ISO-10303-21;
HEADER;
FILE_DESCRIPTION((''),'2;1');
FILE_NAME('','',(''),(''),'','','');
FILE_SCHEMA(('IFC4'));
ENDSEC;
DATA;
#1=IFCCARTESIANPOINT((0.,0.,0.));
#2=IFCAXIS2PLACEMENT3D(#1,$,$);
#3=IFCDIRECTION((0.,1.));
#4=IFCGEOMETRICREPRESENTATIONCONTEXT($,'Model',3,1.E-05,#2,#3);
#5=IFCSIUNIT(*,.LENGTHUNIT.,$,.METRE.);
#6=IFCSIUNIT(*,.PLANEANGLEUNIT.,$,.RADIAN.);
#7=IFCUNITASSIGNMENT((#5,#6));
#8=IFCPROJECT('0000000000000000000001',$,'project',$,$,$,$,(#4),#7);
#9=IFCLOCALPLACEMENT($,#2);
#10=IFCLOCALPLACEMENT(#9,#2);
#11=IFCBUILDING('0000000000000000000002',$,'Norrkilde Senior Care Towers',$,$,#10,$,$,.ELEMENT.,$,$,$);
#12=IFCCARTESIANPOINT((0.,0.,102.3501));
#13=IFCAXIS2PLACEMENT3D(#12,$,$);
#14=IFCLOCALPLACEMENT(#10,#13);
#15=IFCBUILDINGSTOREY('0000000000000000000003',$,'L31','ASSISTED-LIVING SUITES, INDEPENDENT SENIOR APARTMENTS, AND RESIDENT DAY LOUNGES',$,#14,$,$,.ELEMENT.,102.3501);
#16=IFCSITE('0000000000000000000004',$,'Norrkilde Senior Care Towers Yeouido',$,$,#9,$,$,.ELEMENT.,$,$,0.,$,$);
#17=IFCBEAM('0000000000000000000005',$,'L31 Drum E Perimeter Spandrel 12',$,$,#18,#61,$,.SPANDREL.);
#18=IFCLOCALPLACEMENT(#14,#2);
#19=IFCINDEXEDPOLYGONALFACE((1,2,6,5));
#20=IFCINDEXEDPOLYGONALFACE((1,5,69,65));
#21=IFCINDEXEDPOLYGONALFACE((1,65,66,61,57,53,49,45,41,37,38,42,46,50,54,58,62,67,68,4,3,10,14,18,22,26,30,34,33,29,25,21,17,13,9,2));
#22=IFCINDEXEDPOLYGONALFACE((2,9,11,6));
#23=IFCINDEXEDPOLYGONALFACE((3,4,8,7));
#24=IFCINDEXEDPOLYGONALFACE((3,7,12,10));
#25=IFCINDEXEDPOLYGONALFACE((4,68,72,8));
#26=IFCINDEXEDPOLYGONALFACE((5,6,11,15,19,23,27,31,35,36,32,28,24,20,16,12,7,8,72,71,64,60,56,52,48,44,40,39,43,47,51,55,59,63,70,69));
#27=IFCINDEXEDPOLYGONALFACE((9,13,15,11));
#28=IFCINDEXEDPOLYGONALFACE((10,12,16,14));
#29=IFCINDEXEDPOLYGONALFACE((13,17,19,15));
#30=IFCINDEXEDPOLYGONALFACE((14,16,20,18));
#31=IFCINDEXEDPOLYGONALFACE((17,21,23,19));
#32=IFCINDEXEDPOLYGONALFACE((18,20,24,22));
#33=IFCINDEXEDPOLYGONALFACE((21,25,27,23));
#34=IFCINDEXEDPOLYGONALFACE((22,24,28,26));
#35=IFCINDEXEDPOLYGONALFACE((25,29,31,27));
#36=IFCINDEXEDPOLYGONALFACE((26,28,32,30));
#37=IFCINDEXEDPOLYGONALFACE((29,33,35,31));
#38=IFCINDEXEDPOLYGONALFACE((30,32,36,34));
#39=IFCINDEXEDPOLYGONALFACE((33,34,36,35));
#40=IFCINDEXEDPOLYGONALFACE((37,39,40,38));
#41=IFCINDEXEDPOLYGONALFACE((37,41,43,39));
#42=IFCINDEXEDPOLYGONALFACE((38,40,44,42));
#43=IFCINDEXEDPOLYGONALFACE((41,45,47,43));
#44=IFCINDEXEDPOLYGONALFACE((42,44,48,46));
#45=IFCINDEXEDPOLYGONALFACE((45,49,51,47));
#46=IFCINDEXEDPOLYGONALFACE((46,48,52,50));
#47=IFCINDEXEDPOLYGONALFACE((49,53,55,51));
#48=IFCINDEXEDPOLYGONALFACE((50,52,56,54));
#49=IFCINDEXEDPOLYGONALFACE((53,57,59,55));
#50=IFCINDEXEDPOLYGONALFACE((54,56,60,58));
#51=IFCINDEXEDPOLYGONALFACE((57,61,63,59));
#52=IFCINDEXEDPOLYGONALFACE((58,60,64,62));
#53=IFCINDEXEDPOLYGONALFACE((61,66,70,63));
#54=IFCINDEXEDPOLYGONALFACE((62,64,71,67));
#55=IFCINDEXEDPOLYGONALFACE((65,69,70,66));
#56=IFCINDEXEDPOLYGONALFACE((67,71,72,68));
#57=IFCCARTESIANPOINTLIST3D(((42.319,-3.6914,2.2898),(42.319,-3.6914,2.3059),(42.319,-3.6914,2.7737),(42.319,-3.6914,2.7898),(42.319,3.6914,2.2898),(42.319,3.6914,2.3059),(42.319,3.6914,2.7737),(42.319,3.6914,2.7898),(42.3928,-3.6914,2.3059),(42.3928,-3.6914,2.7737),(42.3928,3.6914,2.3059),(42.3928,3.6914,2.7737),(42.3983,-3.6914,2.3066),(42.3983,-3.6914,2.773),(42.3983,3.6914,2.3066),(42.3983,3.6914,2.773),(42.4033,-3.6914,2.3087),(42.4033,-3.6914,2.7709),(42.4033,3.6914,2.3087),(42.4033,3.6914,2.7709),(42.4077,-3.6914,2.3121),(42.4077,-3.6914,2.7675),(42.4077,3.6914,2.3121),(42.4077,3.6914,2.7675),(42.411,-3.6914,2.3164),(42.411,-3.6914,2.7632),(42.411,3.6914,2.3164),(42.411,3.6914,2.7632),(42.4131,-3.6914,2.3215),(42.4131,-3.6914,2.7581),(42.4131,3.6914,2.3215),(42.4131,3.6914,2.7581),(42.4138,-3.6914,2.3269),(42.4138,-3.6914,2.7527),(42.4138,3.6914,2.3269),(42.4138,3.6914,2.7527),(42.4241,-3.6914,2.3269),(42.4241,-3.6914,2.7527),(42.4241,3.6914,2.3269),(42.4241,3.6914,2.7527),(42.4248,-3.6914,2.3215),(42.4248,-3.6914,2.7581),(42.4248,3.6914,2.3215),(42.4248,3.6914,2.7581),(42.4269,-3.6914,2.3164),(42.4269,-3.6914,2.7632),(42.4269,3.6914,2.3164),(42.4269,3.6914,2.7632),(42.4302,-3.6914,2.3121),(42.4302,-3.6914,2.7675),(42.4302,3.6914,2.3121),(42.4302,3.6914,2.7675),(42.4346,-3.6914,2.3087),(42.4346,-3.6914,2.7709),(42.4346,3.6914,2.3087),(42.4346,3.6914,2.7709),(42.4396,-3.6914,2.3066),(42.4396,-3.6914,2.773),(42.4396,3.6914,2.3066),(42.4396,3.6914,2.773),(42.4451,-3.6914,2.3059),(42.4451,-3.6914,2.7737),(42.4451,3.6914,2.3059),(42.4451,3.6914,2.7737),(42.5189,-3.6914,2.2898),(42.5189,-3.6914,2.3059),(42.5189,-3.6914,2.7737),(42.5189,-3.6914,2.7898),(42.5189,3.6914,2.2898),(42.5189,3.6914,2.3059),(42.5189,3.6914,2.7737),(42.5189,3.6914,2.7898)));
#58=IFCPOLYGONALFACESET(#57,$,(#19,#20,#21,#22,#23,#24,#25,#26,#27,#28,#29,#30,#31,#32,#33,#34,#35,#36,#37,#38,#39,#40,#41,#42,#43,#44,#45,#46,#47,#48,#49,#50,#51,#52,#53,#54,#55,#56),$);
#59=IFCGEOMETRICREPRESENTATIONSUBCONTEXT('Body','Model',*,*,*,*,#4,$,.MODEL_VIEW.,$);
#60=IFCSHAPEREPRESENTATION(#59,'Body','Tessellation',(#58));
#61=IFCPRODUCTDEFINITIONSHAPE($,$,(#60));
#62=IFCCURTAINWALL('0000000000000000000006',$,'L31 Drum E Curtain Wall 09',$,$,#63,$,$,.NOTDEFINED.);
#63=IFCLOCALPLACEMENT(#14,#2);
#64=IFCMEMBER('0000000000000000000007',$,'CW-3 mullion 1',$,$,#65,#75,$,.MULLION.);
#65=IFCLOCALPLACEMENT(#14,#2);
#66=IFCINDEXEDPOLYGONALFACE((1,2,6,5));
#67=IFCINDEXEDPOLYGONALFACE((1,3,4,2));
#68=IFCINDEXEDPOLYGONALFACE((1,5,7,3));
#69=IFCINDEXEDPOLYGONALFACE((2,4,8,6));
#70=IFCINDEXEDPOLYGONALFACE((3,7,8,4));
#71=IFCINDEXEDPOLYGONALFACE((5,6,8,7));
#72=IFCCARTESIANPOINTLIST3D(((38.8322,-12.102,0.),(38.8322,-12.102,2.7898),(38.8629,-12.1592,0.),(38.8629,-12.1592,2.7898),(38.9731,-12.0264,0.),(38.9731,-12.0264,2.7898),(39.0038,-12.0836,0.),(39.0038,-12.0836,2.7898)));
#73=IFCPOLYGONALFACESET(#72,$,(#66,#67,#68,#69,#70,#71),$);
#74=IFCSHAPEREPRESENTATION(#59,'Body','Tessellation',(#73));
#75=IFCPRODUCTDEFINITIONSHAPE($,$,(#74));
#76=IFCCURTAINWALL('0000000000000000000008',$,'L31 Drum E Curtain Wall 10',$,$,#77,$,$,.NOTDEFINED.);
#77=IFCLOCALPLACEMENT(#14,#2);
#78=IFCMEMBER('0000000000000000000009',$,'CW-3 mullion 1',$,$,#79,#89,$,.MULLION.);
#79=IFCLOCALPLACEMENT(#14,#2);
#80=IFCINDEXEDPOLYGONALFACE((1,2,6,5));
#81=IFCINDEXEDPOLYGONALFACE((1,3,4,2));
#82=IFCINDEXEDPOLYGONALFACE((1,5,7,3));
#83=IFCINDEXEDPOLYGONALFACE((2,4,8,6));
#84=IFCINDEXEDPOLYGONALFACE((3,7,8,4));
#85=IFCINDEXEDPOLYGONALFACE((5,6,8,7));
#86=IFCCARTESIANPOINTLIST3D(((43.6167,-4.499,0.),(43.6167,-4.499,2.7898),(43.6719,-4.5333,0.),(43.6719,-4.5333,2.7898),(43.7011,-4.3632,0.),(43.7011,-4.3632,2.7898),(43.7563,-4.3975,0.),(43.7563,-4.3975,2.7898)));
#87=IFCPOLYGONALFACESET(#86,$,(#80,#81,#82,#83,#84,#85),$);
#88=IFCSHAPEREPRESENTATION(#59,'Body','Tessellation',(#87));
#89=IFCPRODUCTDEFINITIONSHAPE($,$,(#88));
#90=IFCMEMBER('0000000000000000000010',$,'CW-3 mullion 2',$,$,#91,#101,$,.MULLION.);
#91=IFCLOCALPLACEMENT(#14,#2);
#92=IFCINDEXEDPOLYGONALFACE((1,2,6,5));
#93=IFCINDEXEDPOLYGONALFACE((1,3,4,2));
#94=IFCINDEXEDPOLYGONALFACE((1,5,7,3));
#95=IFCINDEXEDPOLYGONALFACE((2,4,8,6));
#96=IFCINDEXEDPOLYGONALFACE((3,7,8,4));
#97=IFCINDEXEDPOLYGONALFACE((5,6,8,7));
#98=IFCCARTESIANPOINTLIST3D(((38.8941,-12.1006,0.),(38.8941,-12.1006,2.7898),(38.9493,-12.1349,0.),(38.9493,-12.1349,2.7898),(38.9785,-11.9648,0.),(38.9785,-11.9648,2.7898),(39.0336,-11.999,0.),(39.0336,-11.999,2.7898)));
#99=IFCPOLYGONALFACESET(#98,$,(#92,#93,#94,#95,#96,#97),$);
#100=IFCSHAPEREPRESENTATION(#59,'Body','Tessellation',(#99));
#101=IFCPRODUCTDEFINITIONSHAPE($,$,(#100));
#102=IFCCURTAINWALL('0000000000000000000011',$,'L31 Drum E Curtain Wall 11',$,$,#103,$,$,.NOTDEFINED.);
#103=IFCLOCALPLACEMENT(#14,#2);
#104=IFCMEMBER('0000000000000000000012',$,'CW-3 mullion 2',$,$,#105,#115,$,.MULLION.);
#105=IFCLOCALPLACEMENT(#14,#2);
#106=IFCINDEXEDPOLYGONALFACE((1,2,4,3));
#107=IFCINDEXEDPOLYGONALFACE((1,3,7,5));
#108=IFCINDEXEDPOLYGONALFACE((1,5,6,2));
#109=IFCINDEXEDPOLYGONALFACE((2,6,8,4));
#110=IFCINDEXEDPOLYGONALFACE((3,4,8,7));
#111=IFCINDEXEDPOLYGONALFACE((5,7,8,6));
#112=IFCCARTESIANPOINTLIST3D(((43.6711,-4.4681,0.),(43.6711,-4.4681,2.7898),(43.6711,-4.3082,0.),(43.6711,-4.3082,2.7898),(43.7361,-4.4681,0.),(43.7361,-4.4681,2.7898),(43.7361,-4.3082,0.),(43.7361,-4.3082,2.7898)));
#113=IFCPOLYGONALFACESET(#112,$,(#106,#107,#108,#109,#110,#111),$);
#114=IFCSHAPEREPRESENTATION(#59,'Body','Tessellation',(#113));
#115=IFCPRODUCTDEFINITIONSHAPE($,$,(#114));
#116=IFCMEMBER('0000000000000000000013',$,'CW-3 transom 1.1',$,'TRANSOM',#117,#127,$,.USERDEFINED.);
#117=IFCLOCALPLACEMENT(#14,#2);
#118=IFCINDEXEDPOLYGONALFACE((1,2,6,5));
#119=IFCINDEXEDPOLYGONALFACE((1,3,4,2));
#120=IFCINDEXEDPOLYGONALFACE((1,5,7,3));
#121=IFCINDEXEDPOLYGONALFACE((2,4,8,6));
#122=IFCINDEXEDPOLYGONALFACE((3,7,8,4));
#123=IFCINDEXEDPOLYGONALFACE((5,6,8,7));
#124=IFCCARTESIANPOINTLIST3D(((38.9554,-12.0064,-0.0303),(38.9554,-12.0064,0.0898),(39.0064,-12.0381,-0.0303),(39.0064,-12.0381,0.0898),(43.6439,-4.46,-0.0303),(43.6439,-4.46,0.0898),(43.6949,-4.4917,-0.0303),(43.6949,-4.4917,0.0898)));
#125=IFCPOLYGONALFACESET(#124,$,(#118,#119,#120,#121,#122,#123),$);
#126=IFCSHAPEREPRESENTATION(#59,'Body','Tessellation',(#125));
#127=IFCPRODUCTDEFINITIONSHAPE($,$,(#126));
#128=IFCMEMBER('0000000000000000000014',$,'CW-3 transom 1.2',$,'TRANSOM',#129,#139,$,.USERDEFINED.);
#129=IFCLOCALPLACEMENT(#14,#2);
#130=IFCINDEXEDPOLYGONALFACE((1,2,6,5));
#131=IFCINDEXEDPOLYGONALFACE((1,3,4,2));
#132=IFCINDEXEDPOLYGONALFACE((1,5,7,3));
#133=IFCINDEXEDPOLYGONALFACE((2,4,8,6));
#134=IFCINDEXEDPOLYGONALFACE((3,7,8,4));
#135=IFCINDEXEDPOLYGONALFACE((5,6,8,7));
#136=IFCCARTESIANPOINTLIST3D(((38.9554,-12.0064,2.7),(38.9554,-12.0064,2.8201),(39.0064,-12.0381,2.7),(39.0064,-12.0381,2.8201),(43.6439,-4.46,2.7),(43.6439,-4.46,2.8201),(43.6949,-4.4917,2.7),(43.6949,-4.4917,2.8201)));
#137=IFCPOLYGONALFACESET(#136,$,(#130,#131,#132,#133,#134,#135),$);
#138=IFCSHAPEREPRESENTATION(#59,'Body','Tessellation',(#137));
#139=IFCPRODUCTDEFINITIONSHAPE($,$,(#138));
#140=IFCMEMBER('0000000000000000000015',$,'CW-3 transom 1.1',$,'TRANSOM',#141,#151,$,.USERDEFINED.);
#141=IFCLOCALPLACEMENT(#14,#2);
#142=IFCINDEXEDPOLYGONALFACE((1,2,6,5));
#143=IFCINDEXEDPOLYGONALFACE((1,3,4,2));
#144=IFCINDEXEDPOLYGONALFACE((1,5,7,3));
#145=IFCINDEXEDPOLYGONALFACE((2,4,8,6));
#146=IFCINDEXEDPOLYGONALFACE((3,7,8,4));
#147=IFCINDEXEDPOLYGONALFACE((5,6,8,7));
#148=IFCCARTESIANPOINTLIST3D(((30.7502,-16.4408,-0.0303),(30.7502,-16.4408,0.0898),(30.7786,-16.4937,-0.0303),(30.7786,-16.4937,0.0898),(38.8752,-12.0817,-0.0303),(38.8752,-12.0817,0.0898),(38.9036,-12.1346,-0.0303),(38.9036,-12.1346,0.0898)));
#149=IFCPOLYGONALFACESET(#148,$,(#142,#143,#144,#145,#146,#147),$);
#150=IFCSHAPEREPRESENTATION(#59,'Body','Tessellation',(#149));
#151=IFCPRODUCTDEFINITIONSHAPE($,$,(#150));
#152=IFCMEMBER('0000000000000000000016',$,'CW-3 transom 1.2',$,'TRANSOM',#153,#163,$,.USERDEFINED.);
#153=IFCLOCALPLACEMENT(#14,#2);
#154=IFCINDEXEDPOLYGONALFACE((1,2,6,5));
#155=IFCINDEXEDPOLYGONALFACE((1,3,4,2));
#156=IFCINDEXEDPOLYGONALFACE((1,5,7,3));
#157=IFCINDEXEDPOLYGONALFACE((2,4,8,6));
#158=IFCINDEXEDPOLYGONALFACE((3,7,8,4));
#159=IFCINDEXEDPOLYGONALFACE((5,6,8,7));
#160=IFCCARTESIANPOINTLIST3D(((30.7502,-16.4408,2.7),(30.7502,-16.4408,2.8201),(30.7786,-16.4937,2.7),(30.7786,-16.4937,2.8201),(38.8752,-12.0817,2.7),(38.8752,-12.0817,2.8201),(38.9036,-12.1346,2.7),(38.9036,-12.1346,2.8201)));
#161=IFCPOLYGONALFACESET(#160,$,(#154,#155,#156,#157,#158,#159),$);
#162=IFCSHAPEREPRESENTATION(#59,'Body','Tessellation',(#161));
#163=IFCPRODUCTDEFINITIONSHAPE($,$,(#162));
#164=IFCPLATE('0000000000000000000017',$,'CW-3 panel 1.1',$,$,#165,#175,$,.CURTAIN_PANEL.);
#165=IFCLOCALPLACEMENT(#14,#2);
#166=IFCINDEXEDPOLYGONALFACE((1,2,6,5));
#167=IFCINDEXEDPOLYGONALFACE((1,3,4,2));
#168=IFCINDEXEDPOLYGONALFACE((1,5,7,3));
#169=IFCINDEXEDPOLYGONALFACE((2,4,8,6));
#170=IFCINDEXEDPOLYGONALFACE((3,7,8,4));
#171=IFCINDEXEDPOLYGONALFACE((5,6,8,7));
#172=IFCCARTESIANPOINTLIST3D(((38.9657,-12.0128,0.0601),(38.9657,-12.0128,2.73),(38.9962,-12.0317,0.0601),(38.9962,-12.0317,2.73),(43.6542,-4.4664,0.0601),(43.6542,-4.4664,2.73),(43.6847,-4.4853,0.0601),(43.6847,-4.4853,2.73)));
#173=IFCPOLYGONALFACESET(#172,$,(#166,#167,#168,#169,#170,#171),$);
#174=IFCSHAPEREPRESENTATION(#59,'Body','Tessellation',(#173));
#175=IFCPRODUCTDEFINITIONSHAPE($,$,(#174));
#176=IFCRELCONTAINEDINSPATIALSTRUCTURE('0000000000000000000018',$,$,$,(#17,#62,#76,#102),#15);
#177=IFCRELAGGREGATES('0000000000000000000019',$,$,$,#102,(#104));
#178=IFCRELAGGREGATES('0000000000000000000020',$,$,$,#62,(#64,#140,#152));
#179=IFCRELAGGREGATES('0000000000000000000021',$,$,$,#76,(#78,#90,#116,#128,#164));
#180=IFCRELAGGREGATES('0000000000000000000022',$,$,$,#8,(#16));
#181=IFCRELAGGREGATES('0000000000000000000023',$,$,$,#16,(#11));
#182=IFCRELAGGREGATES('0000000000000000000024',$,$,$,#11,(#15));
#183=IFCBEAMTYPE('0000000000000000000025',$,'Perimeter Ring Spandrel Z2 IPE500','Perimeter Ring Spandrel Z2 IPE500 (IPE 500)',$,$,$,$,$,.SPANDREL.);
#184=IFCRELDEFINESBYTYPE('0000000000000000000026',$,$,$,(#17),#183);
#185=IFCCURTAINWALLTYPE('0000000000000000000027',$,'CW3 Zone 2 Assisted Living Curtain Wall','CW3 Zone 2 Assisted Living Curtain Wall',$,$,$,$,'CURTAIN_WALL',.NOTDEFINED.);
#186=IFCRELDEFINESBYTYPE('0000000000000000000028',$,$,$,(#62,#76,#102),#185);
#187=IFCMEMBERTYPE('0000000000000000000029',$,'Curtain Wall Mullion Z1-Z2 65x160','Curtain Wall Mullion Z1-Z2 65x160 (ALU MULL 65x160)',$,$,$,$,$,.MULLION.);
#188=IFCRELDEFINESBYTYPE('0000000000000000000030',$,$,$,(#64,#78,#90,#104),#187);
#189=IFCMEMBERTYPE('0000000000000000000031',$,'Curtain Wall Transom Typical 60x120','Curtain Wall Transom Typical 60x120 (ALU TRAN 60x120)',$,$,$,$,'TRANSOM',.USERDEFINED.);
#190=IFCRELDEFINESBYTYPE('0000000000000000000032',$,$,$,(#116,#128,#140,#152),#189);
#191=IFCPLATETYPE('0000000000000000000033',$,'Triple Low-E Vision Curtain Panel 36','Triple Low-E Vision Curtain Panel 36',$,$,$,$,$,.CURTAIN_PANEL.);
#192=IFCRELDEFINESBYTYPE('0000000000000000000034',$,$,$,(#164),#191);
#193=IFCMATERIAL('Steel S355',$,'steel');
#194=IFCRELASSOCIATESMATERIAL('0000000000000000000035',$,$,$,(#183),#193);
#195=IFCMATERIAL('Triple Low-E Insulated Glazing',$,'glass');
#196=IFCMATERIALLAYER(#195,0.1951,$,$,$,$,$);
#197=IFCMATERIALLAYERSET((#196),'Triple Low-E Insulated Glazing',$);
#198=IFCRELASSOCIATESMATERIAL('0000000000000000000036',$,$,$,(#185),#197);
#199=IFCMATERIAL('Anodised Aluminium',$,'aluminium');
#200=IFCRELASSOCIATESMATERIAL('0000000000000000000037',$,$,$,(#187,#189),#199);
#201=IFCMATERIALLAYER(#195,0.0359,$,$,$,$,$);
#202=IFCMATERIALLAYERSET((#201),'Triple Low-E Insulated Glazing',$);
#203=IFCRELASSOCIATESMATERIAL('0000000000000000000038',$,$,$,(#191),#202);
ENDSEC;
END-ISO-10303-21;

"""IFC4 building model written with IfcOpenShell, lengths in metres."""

from ifc_helpers import new_model, si_unit, direction, frame, origin, origin_2d, place, context, subcontext, project, spatial, rectangle, i_section, extrude, source, transform, mapped, material, layer, layer_set, material_profile, profile_set, type_object, type_shapes, element, aggregate, save


model = new_model("IFC4")

# Units and contexts
model_context = context("Model", 3, precision=1e-05, world=origin(), true_north=direction((0.0, 1.0)))
body_context = subcontext(model_context, "Body", "Model", "MODEL_VIEW")
ifc_project = project(units=[si_unit("LENGTHUNIT", "METRE"), si_unit("PLANEANGLEUNIT", "RADIAN")], contexts=[model_context])

# Site, building, storey
site_placement = place(None, origin())
site = spatial("IfcSite", under=ifc_project, at=site_placement, Name="Norrkilde Senior Care Towers Yeouido", CompositionType="ELEMENT", RefElevation=0.0)
building_placement = place(site_placement, origin())
building = spatial("IfcBuilding", under=site, at=building_placement, Name="Norrkilde Senior Care Towers", CompositionType="ELEMENT")
storey_placement = place(building_placement, frame((0.0, 0.0, 102.3501)))
storey = spatial("IfcBuildingStorey", under=building, at=storey_placement, Name="L31", Description="ASSISTED-LIVING SUITES, INDEPENDENT SENIOR APARTMENTS, AND RESIDENT DAY LOUNGES", CompositionType="ELEMENT", Elevation=102.3501)

# Beam
ifc_material_1 = material(Name="Steel S355", Category="steel")
ifc_material_profile_1 = material_profile(ifc_material_1, i_section(OverallWidth=0.2, OverallDepth=0.5, WebThickness=0.0103, FlangeThickness=0.0161, FilletRadius=0.021, at=origin_2d()), Name="IPE 500")
ifc_profile_set_1 = profile_set([ifc_material_profile_1], Name="Steel S355")
beam_type_1 = type_object("IfcBeamType", Name="Perimeter Ring Spandrel Z2 IPE500", Description="Perimeter Ring Spandrel Z2 IPE500 (IPE 500)", PredefinedType="SPANDREL", material=ifc_profile_set_1)
shared_shape_1 = source(origin(), body_context, "Body", "SweptSolid", [
    extrude(i_section(OverallWidth=0.2, OverallDepth=0.5, WebThickness=0.0103, FlangeThickness=0.0161, FilletRadius=0.021, at=origin_2d()), origin(), (0.0, 0.0, 1.0), 7.3828),
])
beam_1_placement = place(storey_placement, frame((42.4189, -3.6914, 2.5398), z_axis=(0.0, 1.0, 0.0), x_axis=(-1.0, 0.0, 0.0)))
element("IfcBeam", 1, at=beam_1_placement, inside=storey, type_object=beam_type_1, Name="L31 Drum E Perimeter Spandrel 12", PredefinedType="SPANDREL", context=body_context, shape_type="MappedRepresentation", body=[
    mapped(shared_shape_1, transform((0.0, 0.0, 0.0), x_axis=(1.0, 0.0, 0.0), y_axis=(0.0, 1.0, 0.0), z_axis=(0.0, 0.0, 1.0), scale=1.0)),
])

# Curtain wall, member
ifc_material_2 = material(Name="Triple Low-E Insulated Glazing", Category="glass")
ifc_layer_1 = layer(ifc_material_2, 0.1951)
ifc_layer_set_1 = layer_set([ifc_layer_1], Name="Triple Low-E Insulated Glazing")
curtain_wall_type = type_object("IfcCurtainWallType", Name="CW3 Zone 2 Assisted Living Curtain Wall", Description="CW3 Zone 2 Assisted Living Curtain Wall", ElementType="CURTAIN_WALL", PredefinedType="NOTDEFINED", material=ifc_layer_set_1)
curtain_wall_1_placement = place(storey_placement, origin())
curtain_wall_1 = element("IfcCurtainWall", 2, at=curtain_wall_1_placement, inside=storey, type_object=curtain_wall_type, Name="L31 Drum E Curtain Wall 09", PredefinedType="NOTDEFINED")
ifc_material_3 = material(Name="Anodised Aluminium", Category="aluminium")
ifc_material_profile_2 = material_profile(ifc_material_3, rectangle(XDim=0.0649, YDim=0.1599, at=origin_2d()), Name="ALU MULL 65x160")
ifc_profile_set_2 = profile_set([ifc_material_profile_2], Name="Anodised Aluminium")
member_type_1 = type_object("IfcMemberType", Name="Curtain Wall Mullion Z1-Z2 65x160", Description="Curtain Wall Mullion Z1-Z2 65x160 (ALU MULL 65x160)", PredefinedType="MULLION", material=ifc_profile_set_2)
shared_shape_2 = source(origin(), body_context, "Body", "SweptSolid", [
    extrude(rectangle(XDim=0.0649, YDim=0.1599, at=origin_2d()), origin(), (0.0, 0.0, 1.0), 2.7898),
])
type_shapes(member_type_1, [shared_shape_2])
member_1_placement = place(storey_placement, frame((38.918, -12.0928, 0.0), z_axis=(0.0, 0.0, 1.0), x_axis=(0.472769, -0.881186, 0.0)))
member_1 = element("IfcMember", 3, at=member_1_placement, type_object=member_type_1, Name="CW-3 mullion 1", PredefinedType="MULLION", context=body_context, shape_type="MappedRepresentation", body=[
    mapped(shared_shape_2, transform((0.0, 0.0, 0.0), x_axis=(1.0, 0.0, 0.0), y_axis=(0.0, 1.0, 0.0), z_axis=(0.0, 0.0, 1.0), scale=1.0)),
])

# Curtain wall, members
curtain_wall_2_placement = place(storey_placement, origin())
curtain_wall_2 = element("IfcCurtainWall", 4, at=curtain_wall_2_placement, inside=storey, type_object=curtain_wall_type, Name="L31 Drum E Curtain Wall 10", PredefinedType="NOTDEFINED")
member_2_placement = place(storey_placement, frame((43.6865, -4.4482, 0.0), z_axis=(0.0, 0.0, 1.0), x_axis=(0.84941, -0.527733, 0.0)))
member_2 = element("IfcMember", 5, at=member_2_placement, type_object=member_type_1, Name="CW-3 mullion 1", PredefinedType="MULLION", context=body_context, shape_type="MappedRepresentation", body=[
    mapped(shared_shape_2, transform((0.0, 0.0, 0.0), x_axis=(1.0, 0.0, 0.0), y_axis=(0.0, 1.0, 0.0), z_axis=(0.0, 0.0, 1.0), scale=1.0)),
])
member_3_placement = place(storey_placement, frame((38.9639, -12.0498, 0.0), z_axis=(0.0, 0.0, 1.0), x_axis=(0.84941, -0.527733, 0.0)))
member_3 = element("IfcMember", 6, at=member_3_placement, type_object=member_type_1, Name="CW-3 mullion 2", PredefinedType="MULLION", context=body_context, shape_type="MappedRepresentation", body=[
    mapped(shared_shape_2, transform((0.0, 0.0, 0.0), x_axis=(1.0, 0.0, 0.0), y_axis=(0.0, 1.0, 0.0), z_axis=(0.0, 0.0, 1.0), scale=1.0)),
])

# Curtain wall, member
curtain_wall_3_placement = place(storey_placement, origin())
curtain_wall_3 = element("IfcCurtainWall", 7, at=curtain_wall_3_placement, inside=storey, type_object=curtain_wall_type, Name="L31 Drum E Curtain Wall 11", PredefinedType="NOTDEFINED")
member_4_placement = place(storey_placement, frame((43.7036, -4.3882, 0.0), z_axis=(0.0, 0.0, 1.0), x_axis=(1.0, 0.0, 0.0)))
member_4 = element("IfcMember", 8, at=member_4_placement, type_object=member_type_1, Name="CW-3 mullion 2", PredefinedType="MULLION", context=body_context, shape_type="MappedRepresentation", body=[
    mapped(shared_shape_2, transform((0.0, 0.0, 0.0), x_axis=(1.0, 0.0, 0.0), y_axis=(0.0, 1.0, 0.0), z_axis=(0.0, 0.0, 1.0), scale=1.0)),
])
aggregate(curtain_wall_3, [member_4])

# Members
ifc_material_profile_3 = material_profile(ifc_material_3, rectangle(XDim=0.0601, YDim=0.1201, at=origin_2d()), Name="ALU TRAN 60x120")
ifc_profile_set_3 = profile_set([ifc_material_profile_3], Name="Anodised Aluminium")
member_type_2 = type_object("IfcMemberType", Name="Curtain Wall Transom Typical 60x120", Description="Curtain Wall Transom Typical 60x120 (ALU TRAN 60x120)", ElementType="TRANSOM", PredefinedType="USERDEFINED", material=ifc_profile_set_3)
shared_shape_3 = source(origin(), body_context, "Body", "SweptSolid", [
    extrude(rectangle(XDim=0.0601, YDim=0.1201, at=origin_2d()), origin(), (0.0, 0.0, 1.0), 8.8843),
])
member_5_placement = place(storey_placement, frame((43.6694, -4.4758, 0.0298), z_axis=(-0.527729, -0.849413, 0.0), x_axis=(0.849413, -0.527729, 0.0)))
member_5 = element("IfcMember", 9, at=member_5_placement, type_object=member_type_2, Name="CW-3 transom 1.1", ObjectType="TRANSOM", PredefinedType="USERDEFINED", context=body_context, shape_type="MappedRepresentation", body=[
    mapped(shared_shape_3, transform((0.0, 0.0, 0.0), x_axis=(1.0, 0.0, 0.0), y_axis=(0.0, 1.0, 0.0), z_axis=(0.0, 0.0, 1.0), scale=1.0)),
])
member_6_placement = place(storey_placement, frame((43.6694, -4.4758, 2.76), z_axis=(-0.527729, -0.849413, 0.0), x_axis=(0.849413, -0.527729, 0.0)))
member_6 = element("IfcMember", 10, at=member_6_placement, type_object=member_type_2, Name="CW-3 transom 1.2", ObjectType="TRANSOM", PredefinedType="USERDEFINED", context=body_context, shape_type="MappedRepresentation", body=[
    mapped(shared_shape_3, transform((0.0, 0.0, 0.0), x_axis=(1.0, 0.0, 0.0), y_axis=(0.0, 1.0, 0.0), z_axis=(0.0, 0.0, 1.0), scale=1.0)),
])
shared_shape_4 = source(origin(), body_context, "Body", "SweptSolid", [
    extrude(rectangle(XDim=0.0601, YDim=0.1201, at=origin_2d()), origin(), (0.0, 0.0, 1.0), 9.2205),
])
type_shapes(member_type_2, [shared_shape_3, shared_shape_4])
member_7_placement = place(storey_placement, frame((38.8894, -12.1082, 0.0298), z_axis=(-0.881189, -0.472765, 0.0), x_axis=(0.472765, -0.881189, 0.0)))
member_7 = element("IfcMember", 11, at=member_7_placement, type_object=member_type_2, Name="CW-3 transom 1.1", ObjectType="TRANSOM", PredefinedType="USERDEFINED", context=body_context, shape_type="MappedRepresentation", body=[
    mapped(shared_shape_4, transform((0.0, 0.0, 0.0), x_axis=(1.0, 0.0, 0.0), y_axis=(0.0, 1.0, 0.0), z_axis=(0.0, 0.0, 1.0), scale=1.0)),
])
member_8_placement = place(storey_placement, frame((38.8894, -12.1082, 2.76), z_axis=(-0.881189, -0.472765, 0.0), x_axis=(0.472765, -0.881189, 0.0)))
member_8 = element("IfcMember", 12, at=member_8_placement, type_object=member_type_2, Name="CW-3 transom 1.2", ObjectType="TRANSOM", PredefinedType="USERDEFINED", context=body_context, shape_type="MappedRepresentation", body=[
    mapped(shared_shape_4, transform((0.0, 0.0, 0.0), x_axis=(1.0, 0.0, 0.0), y_axis=(0.0, 1.0, 0.0), z_axis=(0.0, 0.0, 1.0), scale=1.0)),
])
aggregate(curtain_wall_1, [member_1, member_7, member_8])

# Plate
ifc_layer_2 = layer(ifc_material_2, 0.0359)
ifc_layer_set_2 = layer_set([ifc_layer_2], Name="Triple Low-E Insulated Glazing")
plate_type = type_object("IfcPlateType", Name="Triple Low-E Vision Curtain Panel 36", Description="Triple Low-E Vision Curtain Panel 36", PredefinedType="CURTAIN_PANEL", material=ifc_layer_set_2)
shared_shape_5 = source(origin(), body_context, "Body", "SweptSolid", [
    extrude(rectangle(XDim=8.8843, YDim=0.0359, at=origin_2d()), origin(), (0.0, 0.0, 1.0), 2.6699),
])
type_shapes(plate_type, [shared_shape_5])
plate_placement = place(storey_placement, frame((41.3252, -8.249, 0.0601), z_axis=(0.0, 0.0, 1.0), x_axis=(-0.527733, -0.84941, 0.0)))
plate = element("IfcPlate", 13, at=plate_placement, type_object=plate_type, Name="CW-3 panel 1.1", PredefinedType="CURTAIN_PANEL", context=body_context, shape_type="MappedRepresentation", body=[
    mapped(shared_shape_5, transform((0.0, 0.0, 0.0), x_axis=(1.0, 0.0, 0.0), y_axis=(0.0, 1.0, 0.0), z_axis=(0.0, 0.0, 1.0), scale=1.0)),
])
aggregate(curtain_wall_2, [member_2, member_3, member_5, member_6, plate])

save(model, "model.ifc")
